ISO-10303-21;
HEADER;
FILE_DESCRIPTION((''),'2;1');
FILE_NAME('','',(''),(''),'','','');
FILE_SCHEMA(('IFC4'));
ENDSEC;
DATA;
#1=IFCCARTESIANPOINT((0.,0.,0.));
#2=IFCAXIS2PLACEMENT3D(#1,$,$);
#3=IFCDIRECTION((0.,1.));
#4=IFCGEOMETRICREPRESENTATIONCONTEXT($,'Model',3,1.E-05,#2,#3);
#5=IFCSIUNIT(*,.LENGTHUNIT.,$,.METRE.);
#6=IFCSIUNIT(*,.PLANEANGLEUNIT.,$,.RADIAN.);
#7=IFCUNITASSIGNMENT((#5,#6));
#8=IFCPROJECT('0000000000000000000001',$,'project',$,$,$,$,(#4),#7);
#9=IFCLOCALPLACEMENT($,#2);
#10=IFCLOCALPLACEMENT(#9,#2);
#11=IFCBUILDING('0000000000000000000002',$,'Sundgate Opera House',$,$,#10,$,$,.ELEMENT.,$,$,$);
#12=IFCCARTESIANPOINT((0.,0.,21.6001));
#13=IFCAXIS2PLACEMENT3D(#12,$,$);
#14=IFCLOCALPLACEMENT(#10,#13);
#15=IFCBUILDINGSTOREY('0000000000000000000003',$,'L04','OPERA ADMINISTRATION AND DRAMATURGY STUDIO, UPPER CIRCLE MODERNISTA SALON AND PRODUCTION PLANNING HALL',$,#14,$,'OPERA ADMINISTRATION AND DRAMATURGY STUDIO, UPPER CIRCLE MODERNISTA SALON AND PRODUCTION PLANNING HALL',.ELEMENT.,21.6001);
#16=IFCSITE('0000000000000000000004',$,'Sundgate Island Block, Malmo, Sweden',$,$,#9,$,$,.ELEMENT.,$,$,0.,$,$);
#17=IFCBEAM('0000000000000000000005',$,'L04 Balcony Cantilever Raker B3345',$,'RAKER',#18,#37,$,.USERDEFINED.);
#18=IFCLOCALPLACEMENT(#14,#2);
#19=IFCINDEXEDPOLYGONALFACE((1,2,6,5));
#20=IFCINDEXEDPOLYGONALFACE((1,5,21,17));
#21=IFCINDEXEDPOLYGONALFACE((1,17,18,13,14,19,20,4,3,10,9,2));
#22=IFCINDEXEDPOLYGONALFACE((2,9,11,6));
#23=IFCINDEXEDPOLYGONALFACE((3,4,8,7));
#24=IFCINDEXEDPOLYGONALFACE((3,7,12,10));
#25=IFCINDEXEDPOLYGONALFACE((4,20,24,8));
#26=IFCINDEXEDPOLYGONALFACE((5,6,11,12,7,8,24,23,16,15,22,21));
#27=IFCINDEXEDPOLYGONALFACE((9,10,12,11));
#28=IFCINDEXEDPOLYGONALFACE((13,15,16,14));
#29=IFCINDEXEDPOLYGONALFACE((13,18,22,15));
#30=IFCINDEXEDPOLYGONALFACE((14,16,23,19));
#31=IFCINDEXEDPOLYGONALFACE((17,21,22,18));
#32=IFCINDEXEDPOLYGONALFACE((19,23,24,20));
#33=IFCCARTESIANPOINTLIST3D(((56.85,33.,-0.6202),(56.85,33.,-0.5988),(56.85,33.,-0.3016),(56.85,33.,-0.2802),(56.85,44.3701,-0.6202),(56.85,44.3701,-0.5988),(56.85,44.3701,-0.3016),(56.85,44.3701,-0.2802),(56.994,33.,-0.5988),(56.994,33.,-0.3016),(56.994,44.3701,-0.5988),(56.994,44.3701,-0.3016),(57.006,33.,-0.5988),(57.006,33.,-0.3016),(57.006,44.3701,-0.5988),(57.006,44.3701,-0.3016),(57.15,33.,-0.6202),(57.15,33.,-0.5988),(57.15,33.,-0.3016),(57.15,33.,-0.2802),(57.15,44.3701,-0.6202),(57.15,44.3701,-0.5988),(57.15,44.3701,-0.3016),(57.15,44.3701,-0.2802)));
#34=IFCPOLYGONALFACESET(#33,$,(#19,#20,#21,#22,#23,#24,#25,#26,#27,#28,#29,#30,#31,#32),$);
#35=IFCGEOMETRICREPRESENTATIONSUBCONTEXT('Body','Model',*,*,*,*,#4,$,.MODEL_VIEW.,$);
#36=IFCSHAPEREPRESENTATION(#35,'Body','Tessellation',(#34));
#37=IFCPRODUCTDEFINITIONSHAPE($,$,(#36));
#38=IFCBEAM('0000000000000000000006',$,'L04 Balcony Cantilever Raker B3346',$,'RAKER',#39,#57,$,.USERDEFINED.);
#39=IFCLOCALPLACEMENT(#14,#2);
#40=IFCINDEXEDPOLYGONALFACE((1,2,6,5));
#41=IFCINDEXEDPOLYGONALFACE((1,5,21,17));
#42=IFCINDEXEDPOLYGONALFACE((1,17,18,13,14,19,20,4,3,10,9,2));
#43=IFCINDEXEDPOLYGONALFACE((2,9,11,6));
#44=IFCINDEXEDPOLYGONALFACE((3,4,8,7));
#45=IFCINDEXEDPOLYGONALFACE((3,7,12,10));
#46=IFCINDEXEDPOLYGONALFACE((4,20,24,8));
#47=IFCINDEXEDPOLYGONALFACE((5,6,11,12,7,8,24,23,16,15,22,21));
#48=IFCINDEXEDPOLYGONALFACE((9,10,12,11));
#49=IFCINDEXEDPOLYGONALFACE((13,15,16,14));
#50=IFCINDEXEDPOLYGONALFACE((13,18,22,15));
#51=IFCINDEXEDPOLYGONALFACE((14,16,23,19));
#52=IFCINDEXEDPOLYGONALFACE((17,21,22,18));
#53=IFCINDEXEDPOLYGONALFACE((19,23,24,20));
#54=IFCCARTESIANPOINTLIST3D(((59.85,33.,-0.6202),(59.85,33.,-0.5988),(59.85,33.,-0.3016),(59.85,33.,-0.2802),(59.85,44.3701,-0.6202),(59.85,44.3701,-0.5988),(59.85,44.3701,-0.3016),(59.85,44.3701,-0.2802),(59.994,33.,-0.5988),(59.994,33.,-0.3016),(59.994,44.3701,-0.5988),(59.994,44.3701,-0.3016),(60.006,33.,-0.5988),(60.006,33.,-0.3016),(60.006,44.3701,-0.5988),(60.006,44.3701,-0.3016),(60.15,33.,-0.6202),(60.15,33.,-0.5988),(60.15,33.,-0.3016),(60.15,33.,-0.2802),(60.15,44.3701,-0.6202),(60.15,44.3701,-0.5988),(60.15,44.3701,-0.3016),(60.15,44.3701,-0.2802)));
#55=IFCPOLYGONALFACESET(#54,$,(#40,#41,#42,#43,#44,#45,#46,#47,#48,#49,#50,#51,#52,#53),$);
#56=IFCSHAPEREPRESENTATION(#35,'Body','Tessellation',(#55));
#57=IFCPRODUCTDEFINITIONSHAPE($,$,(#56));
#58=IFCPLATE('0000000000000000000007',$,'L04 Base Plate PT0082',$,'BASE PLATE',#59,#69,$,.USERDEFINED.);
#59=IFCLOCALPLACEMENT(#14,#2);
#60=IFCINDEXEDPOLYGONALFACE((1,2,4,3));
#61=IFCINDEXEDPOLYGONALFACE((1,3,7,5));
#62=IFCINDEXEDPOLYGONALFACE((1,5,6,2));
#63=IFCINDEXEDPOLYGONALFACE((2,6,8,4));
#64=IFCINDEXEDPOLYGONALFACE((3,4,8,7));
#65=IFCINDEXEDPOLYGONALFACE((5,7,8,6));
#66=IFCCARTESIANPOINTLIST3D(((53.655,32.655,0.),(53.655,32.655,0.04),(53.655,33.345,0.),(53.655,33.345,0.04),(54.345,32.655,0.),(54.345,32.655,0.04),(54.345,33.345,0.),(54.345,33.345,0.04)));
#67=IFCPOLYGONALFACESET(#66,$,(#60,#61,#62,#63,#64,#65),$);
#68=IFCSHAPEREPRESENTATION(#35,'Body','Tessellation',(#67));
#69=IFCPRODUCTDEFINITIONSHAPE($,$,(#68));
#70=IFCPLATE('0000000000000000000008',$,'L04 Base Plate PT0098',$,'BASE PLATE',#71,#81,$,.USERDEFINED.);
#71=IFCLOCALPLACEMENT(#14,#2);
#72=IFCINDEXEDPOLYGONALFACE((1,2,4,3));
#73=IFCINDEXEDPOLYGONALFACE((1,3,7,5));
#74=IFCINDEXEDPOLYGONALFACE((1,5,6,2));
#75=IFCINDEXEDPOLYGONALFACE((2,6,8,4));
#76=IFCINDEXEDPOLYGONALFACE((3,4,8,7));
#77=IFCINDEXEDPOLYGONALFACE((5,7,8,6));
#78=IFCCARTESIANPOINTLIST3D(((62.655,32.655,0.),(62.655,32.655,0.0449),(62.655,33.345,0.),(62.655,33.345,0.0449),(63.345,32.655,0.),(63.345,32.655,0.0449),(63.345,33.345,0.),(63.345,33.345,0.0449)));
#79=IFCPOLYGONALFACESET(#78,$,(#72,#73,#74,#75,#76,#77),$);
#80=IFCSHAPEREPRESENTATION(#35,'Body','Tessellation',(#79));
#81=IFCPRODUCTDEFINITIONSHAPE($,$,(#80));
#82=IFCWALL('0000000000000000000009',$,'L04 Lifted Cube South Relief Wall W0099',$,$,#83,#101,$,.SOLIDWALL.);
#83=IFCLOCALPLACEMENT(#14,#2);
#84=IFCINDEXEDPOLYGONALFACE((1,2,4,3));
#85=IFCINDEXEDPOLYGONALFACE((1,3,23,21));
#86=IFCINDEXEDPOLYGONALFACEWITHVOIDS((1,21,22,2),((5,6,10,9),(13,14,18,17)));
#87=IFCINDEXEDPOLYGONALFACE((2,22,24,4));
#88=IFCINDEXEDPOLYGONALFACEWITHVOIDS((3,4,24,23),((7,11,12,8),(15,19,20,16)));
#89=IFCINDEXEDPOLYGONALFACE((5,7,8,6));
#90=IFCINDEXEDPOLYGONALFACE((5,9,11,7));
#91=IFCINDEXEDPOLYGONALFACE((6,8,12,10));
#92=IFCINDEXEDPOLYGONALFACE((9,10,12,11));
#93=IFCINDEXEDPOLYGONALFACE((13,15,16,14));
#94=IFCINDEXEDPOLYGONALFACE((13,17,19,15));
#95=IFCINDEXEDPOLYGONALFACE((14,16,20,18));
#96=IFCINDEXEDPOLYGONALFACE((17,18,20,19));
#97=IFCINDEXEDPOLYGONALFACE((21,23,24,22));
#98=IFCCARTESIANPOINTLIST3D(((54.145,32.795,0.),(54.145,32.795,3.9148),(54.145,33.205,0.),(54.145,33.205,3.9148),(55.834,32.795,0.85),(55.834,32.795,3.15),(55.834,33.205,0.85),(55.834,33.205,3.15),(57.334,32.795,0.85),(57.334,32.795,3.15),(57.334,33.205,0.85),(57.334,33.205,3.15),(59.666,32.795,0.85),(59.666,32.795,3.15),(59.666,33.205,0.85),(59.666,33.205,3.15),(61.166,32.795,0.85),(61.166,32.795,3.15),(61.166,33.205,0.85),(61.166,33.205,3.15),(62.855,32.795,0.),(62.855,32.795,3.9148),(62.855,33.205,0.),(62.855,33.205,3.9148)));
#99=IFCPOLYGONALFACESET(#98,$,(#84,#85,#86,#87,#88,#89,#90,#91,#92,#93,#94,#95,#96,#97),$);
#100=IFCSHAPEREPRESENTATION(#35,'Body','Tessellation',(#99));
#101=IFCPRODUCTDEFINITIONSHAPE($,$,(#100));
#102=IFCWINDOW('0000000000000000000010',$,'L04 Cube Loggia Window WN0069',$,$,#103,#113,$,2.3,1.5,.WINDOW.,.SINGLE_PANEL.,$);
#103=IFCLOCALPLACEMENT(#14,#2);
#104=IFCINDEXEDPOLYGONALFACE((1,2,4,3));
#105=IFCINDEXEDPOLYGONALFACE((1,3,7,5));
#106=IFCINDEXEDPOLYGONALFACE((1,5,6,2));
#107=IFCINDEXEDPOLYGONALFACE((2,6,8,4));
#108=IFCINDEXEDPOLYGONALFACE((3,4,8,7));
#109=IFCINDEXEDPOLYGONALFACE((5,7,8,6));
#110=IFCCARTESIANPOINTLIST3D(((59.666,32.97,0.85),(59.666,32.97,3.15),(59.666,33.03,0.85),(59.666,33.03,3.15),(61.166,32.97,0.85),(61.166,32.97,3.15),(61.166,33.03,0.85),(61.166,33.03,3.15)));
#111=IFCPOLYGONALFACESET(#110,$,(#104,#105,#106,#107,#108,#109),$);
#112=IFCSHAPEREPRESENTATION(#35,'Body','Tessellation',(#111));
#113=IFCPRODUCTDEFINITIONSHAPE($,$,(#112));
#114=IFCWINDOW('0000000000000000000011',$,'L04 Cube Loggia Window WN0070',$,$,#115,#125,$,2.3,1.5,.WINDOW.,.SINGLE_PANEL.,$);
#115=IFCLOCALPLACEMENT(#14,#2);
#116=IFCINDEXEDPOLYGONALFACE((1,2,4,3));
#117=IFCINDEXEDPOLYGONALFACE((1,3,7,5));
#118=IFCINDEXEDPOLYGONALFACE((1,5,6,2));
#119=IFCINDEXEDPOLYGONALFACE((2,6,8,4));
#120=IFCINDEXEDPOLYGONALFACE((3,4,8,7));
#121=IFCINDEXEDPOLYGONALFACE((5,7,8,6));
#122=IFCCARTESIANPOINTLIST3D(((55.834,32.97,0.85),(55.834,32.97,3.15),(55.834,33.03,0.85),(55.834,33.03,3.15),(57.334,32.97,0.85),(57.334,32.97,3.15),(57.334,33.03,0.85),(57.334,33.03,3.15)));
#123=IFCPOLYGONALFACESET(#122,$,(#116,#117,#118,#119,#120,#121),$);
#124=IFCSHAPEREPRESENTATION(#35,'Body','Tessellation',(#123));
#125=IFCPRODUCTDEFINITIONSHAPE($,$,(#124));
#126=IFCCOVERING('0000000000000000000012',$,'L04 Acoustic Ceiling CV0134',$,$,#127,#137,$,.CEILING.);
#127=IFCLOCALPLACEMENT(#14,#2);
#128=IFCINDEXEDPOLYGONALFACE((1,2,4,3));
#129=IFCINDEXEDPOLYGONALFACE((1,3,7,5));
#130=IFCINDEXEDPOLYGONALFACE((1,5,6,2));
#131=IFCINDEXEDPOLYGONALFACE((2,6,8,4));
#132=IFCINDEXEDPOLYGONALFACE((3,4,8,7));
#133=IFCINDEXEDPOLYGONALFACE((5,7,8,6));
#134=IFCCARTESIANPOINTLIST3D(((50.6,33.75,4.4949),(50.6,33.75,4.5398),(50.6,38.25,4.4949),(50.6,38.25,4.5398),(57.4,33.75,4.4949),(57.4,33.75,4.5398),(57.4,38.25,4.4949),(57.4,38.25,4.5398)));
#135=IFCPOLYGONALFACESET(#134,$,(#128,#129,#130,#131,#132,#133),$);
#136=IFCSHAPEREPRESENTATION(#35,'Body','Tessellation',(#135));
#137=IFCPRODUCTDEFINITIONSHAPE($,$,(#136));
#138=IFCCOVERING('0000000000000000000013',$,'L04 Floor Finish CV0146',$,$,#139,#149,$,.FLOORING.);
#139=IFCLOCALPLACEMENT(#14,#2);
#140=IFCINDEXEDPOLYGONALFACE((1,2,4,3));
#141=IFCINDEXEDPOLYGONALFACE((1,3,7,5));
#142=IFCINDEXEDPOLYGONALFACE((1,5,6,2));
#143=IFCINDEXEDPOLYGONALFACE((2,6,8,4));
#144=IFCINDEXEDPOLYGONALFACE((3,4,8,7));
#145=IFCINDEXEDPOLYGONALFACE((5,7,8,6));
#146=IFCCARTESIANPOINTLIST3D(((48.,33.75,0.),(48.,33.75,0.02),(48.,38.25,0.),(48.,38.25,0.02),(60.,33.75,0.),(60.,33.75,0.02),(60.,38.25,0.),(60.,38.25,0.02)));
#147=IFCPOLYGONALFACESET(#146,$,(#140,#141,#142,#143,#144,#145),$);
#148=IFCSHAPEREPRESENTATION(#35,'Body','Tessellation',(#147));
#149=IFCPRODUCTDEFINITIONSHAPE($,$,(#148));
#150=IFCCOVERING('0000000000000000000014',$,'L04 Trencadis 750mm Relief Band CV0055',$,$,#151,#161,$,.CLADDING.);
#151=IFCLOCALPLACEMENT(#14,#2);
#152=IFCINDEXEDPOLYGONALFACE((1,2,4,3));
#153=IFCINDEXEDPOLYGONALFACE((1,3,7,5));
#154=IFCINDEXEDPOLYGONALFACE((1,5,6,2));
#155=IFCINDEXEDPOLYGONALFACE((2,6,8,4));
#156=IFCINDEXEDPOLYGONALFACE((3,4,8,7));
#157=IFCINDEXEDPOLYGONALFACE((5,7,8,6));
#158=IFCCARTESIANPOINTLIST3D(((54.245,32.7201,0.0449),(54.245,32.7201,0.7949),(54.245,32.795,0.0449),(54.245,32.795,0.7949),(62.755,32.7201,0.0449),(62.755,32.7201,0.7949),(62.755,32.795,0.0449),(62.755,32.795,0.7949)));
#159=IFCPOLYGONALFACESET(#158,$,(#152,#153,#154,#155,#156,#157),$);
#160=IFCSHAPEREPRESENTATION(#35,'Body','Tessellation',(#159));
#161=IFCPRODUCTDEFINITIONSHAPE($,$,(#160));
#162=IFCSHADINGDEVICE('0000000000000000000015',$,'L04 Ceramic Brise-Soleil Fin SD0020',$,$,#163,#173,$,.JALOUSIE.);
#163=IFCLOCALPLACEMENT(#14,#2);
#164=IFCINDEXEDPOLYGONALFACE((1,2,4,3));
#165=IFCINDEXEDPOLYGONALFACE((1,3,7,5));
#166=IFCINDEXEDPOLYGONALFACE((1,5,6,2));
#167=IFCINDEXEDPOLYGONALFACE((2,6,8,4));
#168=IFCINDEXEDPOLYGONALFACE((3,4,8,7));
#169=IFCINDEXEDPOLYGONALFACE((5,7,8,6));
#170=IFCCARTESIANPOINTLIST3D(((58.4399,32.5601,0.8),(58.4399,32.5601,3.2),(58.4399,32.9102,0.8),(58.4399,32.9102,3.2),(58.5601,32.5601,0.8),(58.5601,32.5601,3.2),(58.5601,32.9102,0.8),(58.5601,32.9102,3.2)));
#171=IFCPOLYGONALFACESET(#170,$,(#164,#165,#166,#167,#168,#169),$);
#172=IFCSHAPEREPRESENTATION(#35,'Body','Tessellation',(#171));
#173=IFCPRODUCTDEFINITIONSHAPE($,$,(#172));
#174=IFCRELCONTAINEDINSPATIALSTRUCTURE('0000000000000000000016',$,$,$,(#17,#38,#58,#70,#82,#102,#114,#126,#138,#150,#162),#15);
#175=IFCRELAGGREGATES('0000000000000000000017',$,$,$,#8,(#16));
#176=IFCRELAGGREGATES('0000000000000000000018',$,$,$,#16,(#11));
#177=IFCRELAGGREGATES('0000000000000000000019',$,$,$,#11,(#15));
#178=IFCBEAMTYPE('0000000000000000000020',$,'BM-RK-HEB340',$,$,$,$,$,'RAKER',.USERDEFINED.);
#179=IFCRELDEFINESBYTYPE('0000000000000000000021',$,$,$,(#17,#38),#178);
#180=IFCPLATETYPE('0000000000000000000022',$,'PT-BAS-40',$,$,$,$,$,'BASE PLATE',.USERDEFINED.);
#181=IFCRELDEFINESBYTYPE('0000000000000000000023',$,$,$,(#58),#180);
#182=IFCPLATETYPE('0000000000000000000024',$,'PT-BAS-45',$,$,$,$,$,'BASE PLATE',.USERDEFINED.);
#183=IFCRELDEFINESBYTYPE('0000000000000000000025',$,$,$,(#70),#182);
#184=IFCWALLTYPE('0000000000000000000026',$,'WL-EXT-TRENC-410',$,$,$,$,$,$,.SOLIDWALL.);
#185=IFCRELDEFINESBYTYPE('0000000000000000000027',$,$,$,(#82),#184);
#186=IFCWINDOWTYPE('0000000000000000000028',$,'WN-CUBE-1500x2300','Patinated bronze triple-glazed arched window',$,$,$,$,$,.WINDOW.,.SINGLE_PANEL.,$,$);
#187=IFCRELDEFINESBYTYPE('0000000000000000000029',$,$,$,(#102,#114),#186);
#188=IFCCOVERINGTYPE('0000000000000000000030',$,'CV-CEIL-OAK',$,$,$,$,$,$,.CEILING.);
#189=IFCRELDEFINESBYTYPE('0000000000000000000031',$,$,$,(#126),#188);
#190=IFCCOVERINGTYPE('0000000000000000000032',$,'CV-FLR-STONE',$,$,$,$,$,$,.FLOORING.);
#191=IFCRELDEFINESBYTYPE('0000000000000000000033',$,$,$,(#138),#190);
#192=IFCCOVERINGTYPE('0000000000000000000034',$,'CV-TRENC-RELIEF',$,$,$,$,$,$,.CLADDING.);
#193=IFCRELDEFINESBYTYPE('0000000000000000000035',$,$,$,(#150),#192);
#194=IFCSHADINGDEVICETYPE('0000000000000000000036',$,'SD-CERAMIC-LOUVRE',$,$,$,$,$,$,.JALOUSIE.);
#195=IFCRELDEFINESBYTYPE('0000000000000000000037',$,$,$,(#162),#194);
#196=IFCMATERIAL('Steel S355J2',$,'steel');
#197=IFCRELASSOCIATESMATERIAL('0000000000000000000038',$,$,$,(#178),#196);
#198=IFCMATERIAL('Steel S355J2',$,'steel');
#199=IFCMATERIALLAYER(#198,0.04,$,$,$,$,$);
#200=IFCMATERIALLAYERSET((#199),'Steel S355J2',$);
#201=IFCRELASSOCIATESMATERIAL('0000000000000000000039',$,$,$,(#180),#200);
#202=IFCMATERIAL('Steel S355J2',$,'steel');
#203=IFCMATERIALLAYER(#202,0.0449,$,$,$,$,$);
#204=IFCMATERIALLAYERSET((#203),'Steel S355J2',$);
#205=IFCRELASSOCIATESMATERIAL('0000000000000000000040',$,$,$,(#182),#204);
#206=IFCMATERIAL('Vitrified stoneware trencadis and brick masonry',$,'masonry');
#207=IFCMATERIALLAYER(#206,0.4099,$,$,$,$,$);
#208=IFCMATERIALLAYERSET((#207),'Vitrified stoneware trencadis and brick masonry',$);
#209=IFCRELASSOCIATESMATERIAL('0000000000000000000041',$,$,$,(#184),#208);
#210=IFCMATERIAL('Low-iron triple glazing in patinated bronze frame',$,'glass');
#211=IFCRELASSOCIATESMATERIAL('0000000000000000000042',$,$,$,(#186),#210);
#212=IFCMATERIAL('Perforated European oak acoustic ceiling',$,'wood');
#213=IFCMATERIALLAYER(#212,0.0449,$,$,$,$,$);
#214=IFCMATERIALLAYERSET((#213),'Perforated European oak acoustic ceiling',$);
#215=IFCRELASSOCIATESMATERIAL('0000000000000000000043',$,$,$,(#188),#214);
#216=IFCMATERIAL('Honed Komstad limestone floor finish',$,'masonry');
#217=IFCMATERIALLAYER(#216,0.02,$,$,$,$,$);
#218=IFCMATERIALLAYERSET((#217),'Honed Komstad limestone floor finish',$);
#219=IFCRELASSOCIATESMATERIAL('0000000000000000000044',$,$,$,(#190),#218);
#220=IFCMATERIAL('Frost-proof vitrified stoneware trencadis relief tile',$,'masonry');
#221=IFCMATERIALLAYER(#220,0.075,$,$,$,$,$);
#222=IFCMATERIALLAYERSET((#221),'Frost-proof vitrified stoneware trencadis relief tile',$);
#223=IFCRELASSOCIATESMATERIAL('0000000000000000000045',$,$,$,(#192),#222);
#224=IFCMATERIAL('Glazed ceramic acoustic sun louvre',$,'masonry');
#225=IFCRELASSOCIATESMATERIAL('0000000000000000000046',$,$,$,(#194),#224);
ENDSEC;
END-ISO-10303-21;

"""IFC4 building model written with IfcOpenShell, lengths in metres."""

from ifc_helpers import new_model, si_unit, direction, frame, frame_2d, origin, origin_2d, place, context, subcontext, project, spatial, rectangle, i_section, extrude, material, layer, layer_set, material_profile, profile_set, type_object, element, fill, save


model = new_model("IFC4")

# Units and contexts
model_context = context("Model", 3, precision=1e-05, world=origin(), true_north=direction((0.0, 1.0)))
body_context = subcontext(model_context, "Body", "Model", "MODEL_VIEW")
ifc_project = project(units=[si_unit("LENGTHUNIT", "METRE"), si_unit("PLANEANGLEUNIT", "RADIAN")], contexts=[model_context])

# Site, building, storey
site_placement = place(None, origin())
site = spatial("IfcSite", under=ifc_project, at=site_placement, Name="Sundgate Island Block, Malmo, Sweden", CompositionType="ELEMENT", RefElevation=0.0)
building_placement = place(site_placement, origin())
building = spatial("IfcBuilding", under=site, at=building_placement, Name="Sundgate Opera House", CompositionType="ELEMENT")
storey_placement = place(building_placement, frame((0.0, 0.0, 21.6001)))
storey = spatial("IfcBuildingStorey", under=building, at=storey_placement, Name="L04", Description="OPERA ADMINISTRATION AND DRAMATURGY STUDIO, UPPER CIRCLE MODERNISTA SALON AND PRODUCTION PLANNING HALL", LongName="OPERA ADMINISTRATION AND DRAMATURGY STUDIO, UPPER CIRCLE MODERNISTA SALON AND PRODUCTION PLANNING HALL", CompositionType="ELEMENT", Elevation=21.6001)

# Beams
ifc_material_1 = material(Name="Steel S355J2", Category="steel")
ifc_material_profile_1 = material_profile(ifc_material_1, i_section(OverallWidth=0.3, OverallDepth=0.3401, WebThickness=0.012, FlangeThickness=0.0215, at=origin_2d()), Name="HEB 340")
ifc_profile_set_1 = profile_set([ifc_material_profile_1], Name="Steel S355J2")
beam_type_1 = type_object("IfcBeamType", Name="BM-RK-HEB340", ElementType="RAKER", PredefinedType="USERDEFINED", material=ifc_profile_set_1)
for number, where, z_axis, x_axis, name in (
    (1, (57.0, 33.0, -0.4502), (0.0, 1.0, 0.0), (-1.0, 0.0, 0.0), "L04 Balcony Cantilever Raker B3345"),
    (2, (60.0, 33.0, -0.4502), (0.0, 1.0, 0.0), (-1.0, 0.0, 0.0), "L04 Balcony Cantilever Raker B3346"),
):
    element("IfcBeam", number, at=place(storey_placement, frame(where, z_axis=z_axis, x_axis=x_axis)), inside=storey, type_object=beam_type_1, Name=name, ObjectType="RAKER", PredefinedType="USERDEFINED", context=body_context, shape_type="SweptSolid", body=[
        extrude(i_section(OverallWidth=0.3, OverallDepth=0.3401, WebThickness=0.012, FlangeThickness=0.0215, at=origin_2d()), origin(), (0.0, 0.0, 1.0), 11.3701),
    ])

# Plates
ifc_material_2 = material(Name="Steel S355J2", Category="steel")
ifc_layer_1 = layer(ifc_material_2, 0.04)
ifc_layer_set_1 = layer_set([ifc_layer_1], Name="Steel S355J2")
plate_type_1 = type_object("IfcPlateType", Name="PT-BAS-40", ElementType="BASE PLATE", PredefinedType="USERDEFINED", material=ifc_layer_set_1)
plate_1_placement = place(storey_placement, frame((54.0, 33.0, 0.0), z_axis=(0.0, 0.0, 1.0), x_axis=(1.0, 0.0, 0.0)))
element("IfcPlate", 3, at=plate_1_placement, inside=storey, type_object=plate_type_1, Name="L04 Base Plate PT0082", ObjectType="BASE PLATE", PredefinedType="USERDEFINED", context=body_context, shape_type="SweptSolid", body=[
    extrude(rectangle(XDim=0.6899, YDim=0.6899, at=origin_2d()), origin(), (0.0, 0.0, 1.0), 0.04),
])
ifc_material_3 = material(Name="Steel S355J2", Category="steel")
ifc_layer_2 = layer(ifc_material_3, 0.0449)
ifc_layer_set_2 = layer_set([ifc_layer_2], Name="Steel S355J2")
plate_type_2 = type_object("IfcPlateType", Name="PT-BAS-45", ElementType="BASE PLATE", PredefinedType="USERDEFINED", material=ifc_layer_set_2)
plate_2_placement = place(storey_placement, frame((63.0, 33.0, 0.0), z_axis=(0.0, 0.0, 1.0), x_axis=(1.0, 0.0, 0.0)))
element("IfcPlate", 4, at=plate_2_placement, inside=storey, type_object=plate_type_2, Name="L04 Base Plate PT0098", ObjectType="BASE PLATE", PredefinedType="USERDEFINED", context=body_context, shape_type="SweptSolid", body=[
    extrude(rectangle(XDim=0.6899, YDim=0.6899, at=origin_2d()), origin(), (0.0, 0.0, 1.0), 0.0449),
])

# Wall, openings, windows
ifc_material_4 = material(Name="Vitrified stoneware trencadis and brick masonry", Category="masonry")
ifc_layer_3 = layer(ifc_material_4, 0.4099)
ifc_layer_set_3 = layer_set([ifc_layer_3], Name="Vitrified stoneware trencadis and brick masonry")
wall_type = type_object("IfcWallType", Name="WL-EXT-TRENC-410", PredefinedType="SOLIDWALL", material=ifc_layer_set_3)
wall_placement = place(storey_placement, frame((62.855, 33.0, 0.0), z_axis=(0.0, 0.0, 1.0), x_axis=(-1.0, 0.0, 0.0)))
wall = element("IfcWall", 5, at=wall_placement, inside=storey, type_object=wall_type, Name="L04 Lifted Cube South Relief Wall W0099", PredefinedType="SOLIDWALL", context=body_context, shape_type="SweptSolid", body=[
    extrude(rectangle(XDim=8.71, YDim=0.4099, at=frame_2d((4.355, 0.0))), origin(), (0.0, 0.0, 1.0), 3.9148),
])
opening_1_placement = place(wall_placement, frame((1.689, 0.0, 0.8501)))
opening_1 = element("IfcOpeningElement", 6, at=opening_1_placement, cuts=wall, PredefinedType="OPENING", context=body_context, shape_type="SweptSolid", body=[
    extrude(rectangle(XDim=1.5, YDim=2.3, at=frame_2d((0.75, 1.1499))), frame((0.0, 0.2148, 0.0), z_axis=(0.0, -1.0, 0.0), x_axis=(1.0, 0.0, 0.0)), (0.0, 0.0, 1.0), 0.4299),
])
opening_2_placement = place(wall_placement, frame((5.521, 0.0, 0.8501)))
opening_2 = element("IfcOpeningElement", 7, at=opening_2_placement, cuts=wall, PredefinedType="OPENING", context=body_context, shape_type="SweptSolid", body=[
    extrude(rectangle(XDim=1.5, YDim=2.3, at=frame_2d((0.75, 1.1499))), frame((0.0, 0.2148, 0.0), z_axis=(0.0, -1.0, 0.0), x_axis=(1.0, 0.0, 0.0)), (0.0, 0.0, 1.0), 0.4299),
])
ifc_material_5 = material(Name="Low-iron triple glazing in patinated bronze frame", Category="glass")
window_type = type_object("IfcWindowType", Name="WN-CUBE-1500x2300", Description="Patinated bronze triple-glazed arched window", PartitioningType="SINGLE_PANEL", PredefinedType="WINDOW", material=ifc_material_5)
window_1_placement = place(opening_1_placement, origin())
window_1 = element("IfcWindow", 8, at=window_1_placement, inside=storey, type_object=window_type, Name="L04 Cube Loggia Window WN0069", OverallHeight=2.3, OverallWidth=1.5, PartitioningType="SINGLE_PANEL", PredefinedType="WINDOW", context=body_context, shape_type="SweptSolid", body=[
    extrude(rectangle(XDim=1.5, YDim=2.3, at=frame_2d((0.75, 1.1499))), frame((0.0, 0.03, 0.0), z_axis=(0.0, -1.0, 0.0), x_axis=(1.0, 0.0, 0.0)), (0.0, 0.0, 1.0), 0.0601),
])
fill(opening_1, window_1)
window_2_placement = place(opening_2_placement, origin())
window_2 = element("IfcWindow", 9, at=window_2_placement, inside=storey, type_object=window_type, Name="L04 Cube Loggia Window WN0070", OverallHeight=2.3, OverallWidth=1.5, PartitioningType="SINGLE_PANEL", PredefinedType="WINDOW", context=body_context, shape_type="SweptSolid", body=[
    extrude(rectangle(XDim=1.5, YDim=2.3, at=frame_2d((0.75, 1.1499))), frame((0.0, 0.03, 0.0), z_axis=(0.0, -1.0, 0.0), x_axis=(1.0, 0.0, 0.0)), (0.0, 0.0, 1.0), 0.0601),
])
fill(opening_2, window_2)

# Coverings
ifc_material_6 = material(Name="Perforated European oak acoustic ceiling", Category="wood")
ifc_layer_4 = layer(ifc_material_6, 0.0449)
ifc_layer_set_4 = layer_set([ifc_layer_4], Name="Perforated European oak acoustic ceiling")
covering_type_1 = type_object("IfcCoveringType", Name="CV-CEIL-OAK", PredefinedType="CEILING", material=ifc_layer_set_4)
covering_1_placement = place(storey_placement, frame((54.0, 36.0, 4.4949), z_axis=(0.0, 0.0, 1.0), x_axis=(1.0, 0.0, 0.0)))
element("IfcCovering", 10, at=covering_1_placement, inside=storey, type_object=covering_type_1, Name="L04 Acoustic Ceiling CV0134", PredefinedType="CEILING", context=body_context, shape_type="SweptSolid", body=[
    extrude(rectangle(XDim=6.8, YDim=4.5, at=origin_2d()), origin(), (0.0, 0.0, 1.0), 0.0449),
])
ifc_material_7 = material(Name="Honed Komstad limestone floor finish", Category="masonry")
ifc_layer_5 = layer(ifc_material_7, 0.02)
ifc_layer_set_5 = layer_set([ifc_layer_5], Name="Honed Komstad limestone floor finish")
covering_type_2 = type_object("IfcCoveringType", Name="CV-FLR-STONE", PredefinedType="FLOORING", material=ifc_layer_set_5)
covering_2_placement = place(storey_placement, frame((54.0, 36.0, 0.0), z_axis=(0.0, 0.0, 1.0), x_axis=(1.0, 0.0, 0.0)))
element("IfcCovering", 11, at=covering_2_placement, inside=storey, type_object=covering_type_2, Name="L04 Floor Finish CV0146", PredefinedType="FLOORING", context=body_context, shape_type="SweptSolid", body=[
    extrude(rectangle(XDim=12.0, YDim=4.5, at=origin_2d()), origin(), (0.0, 0.0, 1.0), 0.02),
])
ifc_material_8 = material(Name="Frost-proof vitrified stoneware trencadis relief tile", Category="masonry")
ifc_layer_6 = layer(ifc_material_8, 0.075)
ifc_layer_set_6 = layer_set([ifc_layer_6], Name="Frost-proof vitrified stoneware trencadis relief tile")
covering_type_3 = type_object("IfcCoveringType", Name="CV-TRENC-RELIEF", PredefinedType="CLADDING", material=ifc_layer_set_6)
covering_3_placement = place(storey_placement, frame((58.5, 32.7576, 0.0449), z_axis=(0.0, 0.0, 1.0), x_axis=(1.0, 0.0, 0.0)))
element("IfcCovering", 12, at=covering_3_placement, inside=storey, type_object=covering_type_3, Name="L04 Trencadis 750mm Relief Band CV0055", PredefinedType="CLADDING", context=body_context, shape_type="SweptSolid", body=[
    extrude(rectangle(XDim=8.51, YDim=0.075, at=origin_2d()), origin(), (0.0, 0.0, 1.0), 0.75),
])

# Shading device
ifc_material_9 = material(Name="Glazed ceramic acoustic sun louvre", Category="masonry")
shading_device_type = type_object("IfcShadingDeviceType", Name="SD-CERAMIC-LOUVRE", PredefinedType="JALOUSIE", material=ifc_material_9)
shading_device_placement = place(storey_placement, frame((58.5, 32.7351, 0.8), z_axis=(0.0, 0.0, 1.0), x_axis=(1.0, 0.0, 0.0)))
element("IfcShadingDevice", 13, at=shading_device_placement, inside=storey, type_object=shading_device_type, Name="L04 Ceramic Brise-Soleil Fin SD0020", PredefinedType="JALOUSIE", context=body_context, shape_type="SweptSolid", body=[
    extrude(rectangle(XDim=0.1201, YDim=0.3501, at=origin_2d()), origin(), (0.0, 0.0, 1.0), 2.3999),
])

save(model, "model.ifc")
